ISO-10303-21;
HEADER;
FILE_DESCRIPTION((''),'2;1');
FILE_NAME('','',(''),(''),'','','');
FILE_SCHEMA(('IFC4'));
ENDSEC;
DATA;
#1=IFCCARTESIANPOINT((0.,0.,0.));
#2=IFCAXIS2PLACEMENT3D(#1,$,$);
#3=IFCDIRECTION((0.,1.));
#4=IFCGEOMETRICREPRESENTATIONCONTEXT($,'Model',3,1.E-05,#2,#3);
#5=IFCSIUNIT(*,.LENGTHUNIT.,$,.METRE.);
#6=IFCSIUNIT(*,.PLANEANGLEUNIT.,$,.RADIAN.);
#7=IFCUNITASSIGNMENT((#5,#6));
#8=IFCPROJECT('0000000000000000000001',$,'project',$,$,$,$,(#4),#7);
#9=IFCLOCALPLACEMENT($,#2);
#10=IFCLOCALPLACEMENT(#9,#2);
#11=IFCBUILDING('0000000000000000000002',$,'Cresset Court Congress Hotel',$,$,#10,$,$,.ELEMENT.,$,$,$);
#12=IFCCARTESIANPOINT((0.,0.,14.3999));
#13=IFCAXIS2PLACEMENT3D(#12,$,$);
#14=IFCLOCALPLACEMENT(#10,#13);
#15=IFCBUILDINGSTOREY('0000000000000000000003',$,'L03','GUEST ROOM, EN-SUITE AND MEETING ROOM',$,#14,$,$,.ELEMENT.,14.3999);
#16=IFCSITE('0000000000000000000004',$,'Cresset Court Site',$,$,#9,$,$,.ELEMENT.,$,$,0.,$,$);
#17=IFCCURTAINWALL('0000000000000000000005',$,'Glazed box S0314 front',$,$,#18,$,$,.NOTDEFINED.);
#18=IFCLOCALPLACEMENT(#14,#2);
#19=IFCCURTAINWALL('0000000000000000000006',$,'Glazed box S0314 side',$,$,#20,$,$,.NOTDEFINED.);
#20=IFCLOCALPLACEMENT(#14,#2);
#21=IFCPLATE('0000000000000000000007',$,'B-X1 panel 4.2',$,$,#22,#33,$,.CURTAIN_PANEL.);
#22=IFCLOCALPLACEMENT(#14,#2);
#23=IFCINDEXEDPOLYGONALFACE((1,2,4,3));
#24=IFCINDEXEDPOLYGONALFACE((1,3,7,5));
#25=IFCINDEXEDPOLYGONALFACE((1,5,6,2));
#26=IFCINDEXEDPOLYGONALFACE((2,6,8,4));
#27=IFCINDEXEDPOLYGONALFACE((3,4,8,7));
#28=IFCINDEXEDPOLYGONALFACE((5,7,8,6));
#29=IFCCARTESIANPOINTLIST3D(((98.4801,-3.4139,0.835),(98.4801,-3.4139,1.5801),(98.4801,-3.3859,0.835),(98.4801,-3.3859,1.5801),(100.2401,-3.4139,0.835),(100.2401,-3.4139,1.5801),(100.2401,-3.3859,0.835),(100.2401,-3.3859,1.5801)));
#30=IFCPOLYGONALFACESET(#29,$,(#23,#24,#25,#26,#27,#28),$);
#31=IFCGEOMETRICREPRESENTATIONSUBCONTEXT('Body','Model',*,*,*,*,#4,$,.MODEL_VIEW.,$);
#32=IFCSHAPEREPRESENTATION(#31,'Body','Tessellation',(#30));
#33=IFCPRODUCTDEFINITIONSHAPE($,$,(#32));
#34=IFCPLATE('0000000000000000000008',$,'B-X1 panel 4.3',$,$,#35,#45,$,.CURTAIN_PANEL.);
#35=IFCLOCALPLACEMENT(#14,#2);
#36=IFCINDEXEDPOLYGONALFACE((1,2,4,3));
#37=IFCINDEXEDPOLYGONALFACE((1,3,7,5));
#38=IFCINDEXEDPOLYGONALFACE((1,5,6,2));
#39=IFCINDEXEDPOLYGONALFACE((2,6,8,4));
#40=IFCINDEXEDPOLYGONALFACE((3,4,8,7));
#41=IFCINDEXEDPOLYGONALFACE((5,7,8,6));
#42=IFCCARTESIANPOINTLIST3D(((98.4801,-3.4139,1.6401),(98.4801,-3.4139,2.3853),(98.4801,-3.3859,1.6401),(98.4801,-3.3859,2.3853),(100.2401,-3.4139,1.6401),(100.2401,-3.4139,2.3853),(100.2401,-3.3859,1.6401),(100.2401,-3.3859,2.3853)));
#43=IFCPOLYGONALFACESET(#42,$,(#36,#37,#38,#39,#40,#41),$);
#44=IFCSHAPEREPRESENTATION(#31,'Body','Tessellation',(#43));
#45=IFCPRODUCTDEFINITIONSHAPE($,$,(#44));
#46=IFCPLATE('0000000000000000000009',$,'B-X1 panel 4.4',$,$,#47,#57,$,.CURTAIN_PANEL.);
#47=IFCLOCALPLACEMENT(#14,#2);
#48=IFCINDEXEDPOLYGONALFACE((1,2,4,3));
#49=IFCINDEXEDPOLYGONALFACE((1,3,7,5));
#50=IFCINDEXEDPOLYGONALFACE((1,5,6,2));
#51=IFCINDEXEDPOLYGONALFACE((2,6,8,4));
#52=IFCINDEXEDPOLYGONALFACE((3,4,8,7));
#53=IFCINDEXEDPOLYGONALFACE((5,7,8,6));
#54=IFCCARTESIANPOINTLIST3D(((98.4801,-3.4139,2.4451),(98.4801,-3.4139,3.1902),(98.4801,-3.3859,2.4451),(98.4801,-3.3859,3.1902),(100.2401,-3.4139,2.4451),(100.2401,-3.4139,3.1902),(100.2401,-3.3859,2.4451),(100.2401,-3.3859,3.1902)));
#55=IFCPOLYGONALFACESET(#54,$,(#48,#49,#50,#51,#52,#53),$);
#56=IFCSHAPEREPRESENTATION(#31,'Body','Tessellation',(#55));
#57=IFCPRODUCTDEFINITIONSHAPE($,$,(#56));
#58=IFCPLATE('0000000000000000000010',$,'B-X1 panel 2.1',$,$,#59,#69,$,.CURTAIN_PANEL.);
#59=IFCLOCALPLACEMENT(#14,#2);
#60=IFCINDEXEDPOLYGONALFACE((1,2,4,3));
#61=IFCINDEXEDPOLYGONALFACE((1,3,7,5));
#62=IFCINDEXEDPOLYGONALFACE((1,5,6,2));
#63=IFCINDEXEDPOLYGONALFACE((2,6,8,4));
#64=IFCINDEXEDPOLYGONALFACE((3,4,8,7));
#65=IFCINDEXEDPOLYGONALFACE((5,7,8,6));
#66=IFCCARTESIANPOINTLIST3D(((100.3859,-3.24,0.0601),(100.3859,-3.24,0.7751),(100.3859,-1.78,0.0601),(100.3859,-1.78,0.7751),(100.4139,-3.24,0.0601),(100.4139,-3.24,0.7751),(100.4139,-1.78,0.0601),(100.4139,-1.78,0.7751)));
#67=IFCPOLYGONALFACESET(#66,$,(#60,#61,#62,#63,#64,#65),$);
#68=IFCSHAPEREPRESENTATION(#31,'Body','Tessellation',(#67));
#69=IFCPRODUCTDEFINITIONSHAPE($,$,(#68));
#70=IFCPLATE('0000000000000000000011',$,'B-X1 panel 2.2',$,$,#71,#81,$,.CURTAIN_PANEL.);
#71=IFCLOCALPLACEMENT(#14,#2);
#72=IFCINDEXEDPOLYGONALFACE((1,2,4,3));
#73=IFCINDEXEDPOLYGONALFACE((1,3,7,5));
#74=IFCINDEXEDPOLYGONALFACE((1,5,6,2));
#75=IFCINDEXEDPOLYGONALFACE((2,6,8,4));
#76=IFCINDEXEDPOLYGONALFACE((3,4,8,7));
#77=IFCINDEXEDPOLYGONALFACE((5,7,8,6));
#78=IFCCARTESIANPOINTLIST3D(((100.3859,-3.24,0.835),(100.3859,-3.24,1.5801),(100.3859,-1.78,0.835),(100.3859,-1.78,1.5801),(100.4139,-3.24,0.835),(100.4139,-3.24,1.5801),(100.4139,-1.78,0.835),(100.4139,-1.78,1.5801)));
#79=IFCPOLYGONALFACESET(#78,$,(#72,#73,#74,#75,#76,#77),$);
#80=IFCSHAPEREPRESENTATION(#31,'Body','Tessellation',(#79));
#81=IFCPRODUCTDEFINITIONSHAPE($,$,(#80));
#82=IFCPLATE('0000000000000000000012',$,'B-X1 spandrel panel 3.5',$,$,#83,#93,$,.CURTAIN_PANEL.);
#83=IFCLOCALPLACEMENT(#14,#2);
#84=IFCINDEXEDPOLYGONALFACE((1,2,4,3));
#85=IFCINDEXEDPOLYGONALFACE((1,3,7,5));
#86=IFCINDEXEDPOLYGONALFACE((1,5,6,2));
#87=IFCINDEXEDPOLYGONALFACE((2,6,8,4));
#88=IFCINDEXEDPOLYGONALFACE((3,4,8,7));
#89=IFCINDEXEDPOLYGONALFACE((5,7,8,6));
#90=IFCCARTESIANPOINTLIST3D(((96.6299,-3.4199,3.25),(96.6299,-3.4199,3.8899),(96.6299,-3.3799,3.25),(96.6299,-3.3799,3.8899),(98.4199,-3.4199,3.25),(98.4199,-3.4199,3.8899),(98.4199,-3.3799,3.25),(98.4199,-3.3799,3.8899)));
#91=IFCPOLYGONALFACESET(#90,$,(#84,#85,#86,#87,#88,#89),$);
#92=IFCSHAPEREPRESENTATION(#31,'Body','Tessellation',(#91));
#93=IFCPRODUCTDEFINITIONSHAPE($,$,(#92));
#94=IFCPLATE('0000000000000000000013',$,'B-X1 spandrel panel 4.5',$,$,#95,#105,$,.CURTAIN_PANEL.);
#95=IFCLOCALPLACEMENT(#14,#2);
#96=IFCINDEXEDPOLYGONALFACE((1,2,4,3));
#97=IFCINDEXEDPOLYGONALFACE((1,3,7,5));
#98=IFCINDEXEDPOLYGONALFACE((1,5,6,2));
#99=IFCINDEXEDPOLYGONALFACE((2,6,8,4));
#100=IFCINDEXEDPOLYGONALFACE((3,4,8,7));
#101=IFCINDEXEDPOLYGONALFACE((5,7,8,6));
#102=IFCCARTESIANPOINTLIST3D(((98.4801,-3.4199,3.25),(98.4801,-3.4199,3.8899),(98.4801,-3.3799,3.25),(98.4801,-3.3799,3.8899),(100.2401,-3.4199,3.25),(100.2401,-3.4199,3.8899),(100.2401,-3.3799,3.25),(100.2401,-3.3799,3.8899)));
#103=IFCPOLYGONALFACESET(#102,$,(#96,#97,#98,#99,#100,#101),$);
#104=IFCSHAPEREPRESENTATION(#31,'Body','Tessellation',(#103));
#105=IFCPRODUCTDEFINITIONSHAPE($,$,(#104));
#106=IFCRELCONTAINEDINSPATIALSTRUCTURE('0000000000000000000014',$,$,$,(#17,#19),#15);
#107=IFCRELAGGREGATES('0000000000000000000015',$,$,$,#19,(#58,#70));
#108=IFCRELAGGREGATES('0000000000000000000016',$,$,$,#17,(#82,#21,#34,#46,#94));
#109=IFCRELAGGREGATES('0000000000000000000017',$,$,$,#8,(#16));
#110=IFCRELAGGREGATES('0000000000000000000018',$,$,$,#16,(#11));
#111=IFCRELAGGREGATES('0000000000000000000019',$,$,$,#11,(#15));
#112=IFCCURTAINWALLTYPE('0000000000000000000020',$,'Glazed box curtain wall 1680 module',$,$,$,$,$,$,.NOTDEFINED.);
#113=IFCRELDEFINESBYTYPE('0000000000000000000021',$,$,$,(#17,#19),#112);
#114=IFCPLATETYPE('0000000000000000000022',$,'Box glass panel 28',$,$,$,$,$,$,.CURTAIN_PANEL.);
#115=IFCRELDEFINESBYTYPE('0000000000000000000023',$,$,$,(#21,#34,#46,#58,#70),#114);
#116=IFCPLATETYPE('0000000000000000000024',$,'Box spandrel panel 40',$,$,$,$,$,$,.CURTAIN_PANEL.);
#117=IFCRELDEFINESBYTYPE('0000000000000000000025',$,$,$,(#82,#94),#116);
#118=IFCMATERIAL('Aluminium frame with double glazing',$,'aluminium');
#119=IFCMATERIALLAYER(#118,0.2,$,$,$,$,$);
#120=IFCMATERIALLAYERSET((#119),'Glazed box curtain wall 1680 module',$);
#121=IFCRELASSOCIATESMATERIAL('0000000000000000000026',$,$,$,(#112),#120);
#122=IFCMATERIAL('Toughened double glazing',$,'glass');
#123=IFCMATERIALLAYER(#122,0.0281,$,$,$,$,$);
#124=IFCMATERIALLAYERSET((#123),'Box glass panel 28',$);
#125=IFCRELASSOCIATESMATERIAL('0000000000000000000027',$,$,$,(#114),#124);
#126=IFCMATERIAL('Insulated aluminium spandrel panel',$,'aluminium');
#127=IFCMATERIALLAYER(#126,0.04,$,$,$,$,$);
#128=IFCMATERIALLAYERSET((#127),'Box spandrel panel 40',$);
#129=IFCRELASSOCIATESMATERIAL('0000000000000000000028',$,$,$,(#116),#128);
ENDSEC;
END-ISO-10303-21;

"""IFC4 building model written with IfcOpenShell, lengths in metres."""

from ifc_helpers import new_model, si_unit, direction, frame, origin, origin_2d, place, context, subcontext, project, spatial, rectangle, extrude, material, layer, layer_set, type_object, element, aggregate, save


model = new_model("IFC4")

# Units and contexts
model_context = context("Model", 3, precision=1e-05, world=origin(), true_north=direction((0.0, 1.0)))
body_context = subcontext(model_context, "Body", "Model", "MODEL_VIEW")
ifc_project = project(units=[si_unit("LENGTHUNIT", "METRE"), si_unit("PLANEANGLEUNIT", "RADIAN")], contexts=[model_context])

# Site, building, storey
site_placement = place(None, origin())
site = spatial("IfcSite", under=ifc_project, at=site_placement, Name="Cresset Court Site", CompositionType="ELEMENT", RefElevation=0.0)
building_placement = place(site_placement, origin())
building = spatial("IfcBuilding", under=site, at=building_placement, Name="Cresset Court Congress Hotel", CompositionType="ELEMENT")
storey_placement = place(building_placement, frame((0.0, 0.0, 14.3999)))
storey = spatial("IfcBuildingStorey", under=building, at=storey_placement, Name="L03", Description="GUEST ROOM, EN-SUITE AND MEETING ROOM", CompositionType="ELEMENT", Elevation=14.3999)

# Curtain wall
ifc_material_1 = material(Name="Aluminium frame with double glazing", Category="aluminium")
ifc_layer_1 = layer(ifc_material_1, 0.2)
ifc_layer_set_1 = layer_set([ifc_layer_1], Name="Glazed box curtain wall 1680 module")
curtain_wall_type = type_object("IfcCurtainWallType", Name="Glazed box curtain wall 1680 module", PredefinedType="NOTDEFINED", material=ifc_layer_set_1)
curtain_wall_1_placement = place(storey_placement, origin())
curtain_wall_1 = element("IfcCurtainWall", 1, at=curtain_wall_1_placement, inside=storey, type_object=curtain_wall_type, Name="Glazed box S0314 front", PredefinedType="NOTDEFINED")

# Curtain wall
curtain_wall_2_placement = place(storey_placement, origin())
curtain_wall_2 = element("IfcCurtainWall", 2, at=curtain_wall_2_placement, inside=storey, type_object=curtain_wall_type, Name="Glazed box S0314 side", PredefinedType="NOTDEFINED")

# Plates
ifc_material_2 = material(Name="Toughened double glazing", Category="glass")
ifc_layer_2 = layer(ifc_material_2, 0.0281)
ifc_layer_set_2 = layer_set([ifc_layer_2], Name="Box glass panel 28")
plate_type_1 = type_object("IfcPlateType", Name="Box glass panel 28", PredefinedType="CURTAIN_PANEL", material=ifc_layer_set_2)
plate_1_placement = place(storey_placement, frame((99.3601, -3.3999, 0.835), z_axis=(0.0, 0.0, 1.0), x_axis=(1.0, 0.0, 0.0)))
plate_1 = element("IfcPlate", 3, at=plate_1_placement, type_object=plate_type_1, Name="B-X1 panel 4.2", PredefinedType="CURTAIN_PANEL", context=body_context, shape_type="SweptSolid", body=[
    extrude(rectangle(XDim=1.76, YDim=0.0281, at=origin_2d()), origin(), (0.0, 0.0, 1.0), 0.7451),
])
plate_2_placement = place(storey_placement, frame((99.3601, -3.3999, 1.6401), z_axis=(0.0, 0.0, 1.0), x_axis=(1.0, 0.0, 0.0)))
plate_2 = element("IfcPlate", 4, at=plate_2_placement, type_object=plate_type_1, Name="B-X1 panel 4.3", PredefinedType="CURTAIN_PANEL", context=body_context, shape_type="SweptSolid", body=[
    extrude(rectangle(XDim=1.76, YDim=0.0281, at=origin_2d()), origin(), (0.0, 0.0, 1.0), 0.7451),
])
plate_3_placement = place(storey_placement, frame((99.3601, -3.3999, 2.4451), z_axis=(0.0, 0.0, 1.0), x_axis=(1.0, 0.0, 0.0)))
plate_3 = element("IfcPlate", 5, at=plate_3_placement, type_object=plate_type_1, Name="B-X1 panel 4.4", PredefinedType="CURTAIN_PANEL", context=body_context, shape_type="SweptSolid", body=[
    extrude(rectangle(XDim=1.76, YDim=0.0281, at=origin_2d()), origin(), (0.0, 0.0, 1.0), 0.7451),
])
plate_4_placement = place(storey_placement, frame((100.3999, -2.51, 0.0601), z_axis=(0.0, 0.0, 1.0), x_axis=(0.0, -1.0, 0.0)))
plate_4 = element("IfcPlate", 6, at=plate_4_placement, type_object=plate_type_1, Name="B-X1 panel 2.1", PredefinedType="CURTAIN_PANEL", context=body_context, shape_type="SweptSolid", body=[
    extrude(rectangle(XDim=1.46, YDim=0.0281, at=origin_2d()), origin(), (0.0, 0.0, 1.0), 0.7151),
])
plate_5_placement = place(storey_placement, frame((100.3999, -2.51, 0.835), z_axis=(0.0, 0.0, 1.0), x_axis=(0.0, -1.0, 0.0)))
plate_5 = element("IfcPlate", 7, at=plate_5_placement, type_object=plate_type_1, Name="B-X1 panel 2.2", PredefinedType="CURTAIN_PANEL", context=body_context, shape_type="SweptSolid", body=[
    extrude(rectangle(XDim=1.46, YDim=0.0281, at=origin_2d()), origin(), (0.0, 0.0, 1.0), 0.7451),
])
aggregate(curtain_wall_2, [plate_4, plate_5])
ifc_material_3 = material(Name="Insulated aluminium spandrel panel", Category="aluminium")
ifc_layer_3 = layer(ifc_material_3, 0.04)
ifc_layer_set_3 = layer_set([ifc_layer_3], Name="Box spandrel panel 40")
plate_type_2 = type_object("IfcPlateType", Name="Box spandrel panel 40", PredefinedType="CURTAIN_PANEL", material=ifc_layer_set_3)
plate_6_placement = place(storey_placement, frame((97.5249, -3.3999, 3.25), z_axis=(0.0, 0.0, 1.0), x_axis=(1.0, 0.0, 0.0)))
plate_6 = element("IfcPlate", 8, at=plate_6_placement, type_object=plate_type_2, Name="B-X1 spandrel panel 3.5", PredefinedType="CURTAIN_PANEL", context=body_context, shape_type="SweptSolid", body=[
    extrude(rectangle(XDim=1.79, YDim=0.04, at=origin_2d()), origin(), (0.0, 0.0, 1.0), 0.6399),
])
plate_7_placement = place(storey_placement, frame((99.3601, -3.3999, 3.25), z_axis=(0.0, 0.0, 1.0), x_axis=(1.0, 0.0, 0.0)))
plate_7 = element("IfcPlate", 9, at=plate_7_placement, type_object=plate_type_2, Name="B-X1 spandrel panel 4.5", PredefinedType="CURTAIN_PANEL", context=body_context, shape_type="SweptSolid", body=[
    extrude(rectangle(XDim=1.76, YDim=0.04, at=origin_2d()), origin(), (0.0, 0.0, 1.0), 0.6399),
])
aggregate(curtain_wall_1, [plate_6, plate_1, plate_2, plate_3, plate_7])

save(model, "model.ifc")
